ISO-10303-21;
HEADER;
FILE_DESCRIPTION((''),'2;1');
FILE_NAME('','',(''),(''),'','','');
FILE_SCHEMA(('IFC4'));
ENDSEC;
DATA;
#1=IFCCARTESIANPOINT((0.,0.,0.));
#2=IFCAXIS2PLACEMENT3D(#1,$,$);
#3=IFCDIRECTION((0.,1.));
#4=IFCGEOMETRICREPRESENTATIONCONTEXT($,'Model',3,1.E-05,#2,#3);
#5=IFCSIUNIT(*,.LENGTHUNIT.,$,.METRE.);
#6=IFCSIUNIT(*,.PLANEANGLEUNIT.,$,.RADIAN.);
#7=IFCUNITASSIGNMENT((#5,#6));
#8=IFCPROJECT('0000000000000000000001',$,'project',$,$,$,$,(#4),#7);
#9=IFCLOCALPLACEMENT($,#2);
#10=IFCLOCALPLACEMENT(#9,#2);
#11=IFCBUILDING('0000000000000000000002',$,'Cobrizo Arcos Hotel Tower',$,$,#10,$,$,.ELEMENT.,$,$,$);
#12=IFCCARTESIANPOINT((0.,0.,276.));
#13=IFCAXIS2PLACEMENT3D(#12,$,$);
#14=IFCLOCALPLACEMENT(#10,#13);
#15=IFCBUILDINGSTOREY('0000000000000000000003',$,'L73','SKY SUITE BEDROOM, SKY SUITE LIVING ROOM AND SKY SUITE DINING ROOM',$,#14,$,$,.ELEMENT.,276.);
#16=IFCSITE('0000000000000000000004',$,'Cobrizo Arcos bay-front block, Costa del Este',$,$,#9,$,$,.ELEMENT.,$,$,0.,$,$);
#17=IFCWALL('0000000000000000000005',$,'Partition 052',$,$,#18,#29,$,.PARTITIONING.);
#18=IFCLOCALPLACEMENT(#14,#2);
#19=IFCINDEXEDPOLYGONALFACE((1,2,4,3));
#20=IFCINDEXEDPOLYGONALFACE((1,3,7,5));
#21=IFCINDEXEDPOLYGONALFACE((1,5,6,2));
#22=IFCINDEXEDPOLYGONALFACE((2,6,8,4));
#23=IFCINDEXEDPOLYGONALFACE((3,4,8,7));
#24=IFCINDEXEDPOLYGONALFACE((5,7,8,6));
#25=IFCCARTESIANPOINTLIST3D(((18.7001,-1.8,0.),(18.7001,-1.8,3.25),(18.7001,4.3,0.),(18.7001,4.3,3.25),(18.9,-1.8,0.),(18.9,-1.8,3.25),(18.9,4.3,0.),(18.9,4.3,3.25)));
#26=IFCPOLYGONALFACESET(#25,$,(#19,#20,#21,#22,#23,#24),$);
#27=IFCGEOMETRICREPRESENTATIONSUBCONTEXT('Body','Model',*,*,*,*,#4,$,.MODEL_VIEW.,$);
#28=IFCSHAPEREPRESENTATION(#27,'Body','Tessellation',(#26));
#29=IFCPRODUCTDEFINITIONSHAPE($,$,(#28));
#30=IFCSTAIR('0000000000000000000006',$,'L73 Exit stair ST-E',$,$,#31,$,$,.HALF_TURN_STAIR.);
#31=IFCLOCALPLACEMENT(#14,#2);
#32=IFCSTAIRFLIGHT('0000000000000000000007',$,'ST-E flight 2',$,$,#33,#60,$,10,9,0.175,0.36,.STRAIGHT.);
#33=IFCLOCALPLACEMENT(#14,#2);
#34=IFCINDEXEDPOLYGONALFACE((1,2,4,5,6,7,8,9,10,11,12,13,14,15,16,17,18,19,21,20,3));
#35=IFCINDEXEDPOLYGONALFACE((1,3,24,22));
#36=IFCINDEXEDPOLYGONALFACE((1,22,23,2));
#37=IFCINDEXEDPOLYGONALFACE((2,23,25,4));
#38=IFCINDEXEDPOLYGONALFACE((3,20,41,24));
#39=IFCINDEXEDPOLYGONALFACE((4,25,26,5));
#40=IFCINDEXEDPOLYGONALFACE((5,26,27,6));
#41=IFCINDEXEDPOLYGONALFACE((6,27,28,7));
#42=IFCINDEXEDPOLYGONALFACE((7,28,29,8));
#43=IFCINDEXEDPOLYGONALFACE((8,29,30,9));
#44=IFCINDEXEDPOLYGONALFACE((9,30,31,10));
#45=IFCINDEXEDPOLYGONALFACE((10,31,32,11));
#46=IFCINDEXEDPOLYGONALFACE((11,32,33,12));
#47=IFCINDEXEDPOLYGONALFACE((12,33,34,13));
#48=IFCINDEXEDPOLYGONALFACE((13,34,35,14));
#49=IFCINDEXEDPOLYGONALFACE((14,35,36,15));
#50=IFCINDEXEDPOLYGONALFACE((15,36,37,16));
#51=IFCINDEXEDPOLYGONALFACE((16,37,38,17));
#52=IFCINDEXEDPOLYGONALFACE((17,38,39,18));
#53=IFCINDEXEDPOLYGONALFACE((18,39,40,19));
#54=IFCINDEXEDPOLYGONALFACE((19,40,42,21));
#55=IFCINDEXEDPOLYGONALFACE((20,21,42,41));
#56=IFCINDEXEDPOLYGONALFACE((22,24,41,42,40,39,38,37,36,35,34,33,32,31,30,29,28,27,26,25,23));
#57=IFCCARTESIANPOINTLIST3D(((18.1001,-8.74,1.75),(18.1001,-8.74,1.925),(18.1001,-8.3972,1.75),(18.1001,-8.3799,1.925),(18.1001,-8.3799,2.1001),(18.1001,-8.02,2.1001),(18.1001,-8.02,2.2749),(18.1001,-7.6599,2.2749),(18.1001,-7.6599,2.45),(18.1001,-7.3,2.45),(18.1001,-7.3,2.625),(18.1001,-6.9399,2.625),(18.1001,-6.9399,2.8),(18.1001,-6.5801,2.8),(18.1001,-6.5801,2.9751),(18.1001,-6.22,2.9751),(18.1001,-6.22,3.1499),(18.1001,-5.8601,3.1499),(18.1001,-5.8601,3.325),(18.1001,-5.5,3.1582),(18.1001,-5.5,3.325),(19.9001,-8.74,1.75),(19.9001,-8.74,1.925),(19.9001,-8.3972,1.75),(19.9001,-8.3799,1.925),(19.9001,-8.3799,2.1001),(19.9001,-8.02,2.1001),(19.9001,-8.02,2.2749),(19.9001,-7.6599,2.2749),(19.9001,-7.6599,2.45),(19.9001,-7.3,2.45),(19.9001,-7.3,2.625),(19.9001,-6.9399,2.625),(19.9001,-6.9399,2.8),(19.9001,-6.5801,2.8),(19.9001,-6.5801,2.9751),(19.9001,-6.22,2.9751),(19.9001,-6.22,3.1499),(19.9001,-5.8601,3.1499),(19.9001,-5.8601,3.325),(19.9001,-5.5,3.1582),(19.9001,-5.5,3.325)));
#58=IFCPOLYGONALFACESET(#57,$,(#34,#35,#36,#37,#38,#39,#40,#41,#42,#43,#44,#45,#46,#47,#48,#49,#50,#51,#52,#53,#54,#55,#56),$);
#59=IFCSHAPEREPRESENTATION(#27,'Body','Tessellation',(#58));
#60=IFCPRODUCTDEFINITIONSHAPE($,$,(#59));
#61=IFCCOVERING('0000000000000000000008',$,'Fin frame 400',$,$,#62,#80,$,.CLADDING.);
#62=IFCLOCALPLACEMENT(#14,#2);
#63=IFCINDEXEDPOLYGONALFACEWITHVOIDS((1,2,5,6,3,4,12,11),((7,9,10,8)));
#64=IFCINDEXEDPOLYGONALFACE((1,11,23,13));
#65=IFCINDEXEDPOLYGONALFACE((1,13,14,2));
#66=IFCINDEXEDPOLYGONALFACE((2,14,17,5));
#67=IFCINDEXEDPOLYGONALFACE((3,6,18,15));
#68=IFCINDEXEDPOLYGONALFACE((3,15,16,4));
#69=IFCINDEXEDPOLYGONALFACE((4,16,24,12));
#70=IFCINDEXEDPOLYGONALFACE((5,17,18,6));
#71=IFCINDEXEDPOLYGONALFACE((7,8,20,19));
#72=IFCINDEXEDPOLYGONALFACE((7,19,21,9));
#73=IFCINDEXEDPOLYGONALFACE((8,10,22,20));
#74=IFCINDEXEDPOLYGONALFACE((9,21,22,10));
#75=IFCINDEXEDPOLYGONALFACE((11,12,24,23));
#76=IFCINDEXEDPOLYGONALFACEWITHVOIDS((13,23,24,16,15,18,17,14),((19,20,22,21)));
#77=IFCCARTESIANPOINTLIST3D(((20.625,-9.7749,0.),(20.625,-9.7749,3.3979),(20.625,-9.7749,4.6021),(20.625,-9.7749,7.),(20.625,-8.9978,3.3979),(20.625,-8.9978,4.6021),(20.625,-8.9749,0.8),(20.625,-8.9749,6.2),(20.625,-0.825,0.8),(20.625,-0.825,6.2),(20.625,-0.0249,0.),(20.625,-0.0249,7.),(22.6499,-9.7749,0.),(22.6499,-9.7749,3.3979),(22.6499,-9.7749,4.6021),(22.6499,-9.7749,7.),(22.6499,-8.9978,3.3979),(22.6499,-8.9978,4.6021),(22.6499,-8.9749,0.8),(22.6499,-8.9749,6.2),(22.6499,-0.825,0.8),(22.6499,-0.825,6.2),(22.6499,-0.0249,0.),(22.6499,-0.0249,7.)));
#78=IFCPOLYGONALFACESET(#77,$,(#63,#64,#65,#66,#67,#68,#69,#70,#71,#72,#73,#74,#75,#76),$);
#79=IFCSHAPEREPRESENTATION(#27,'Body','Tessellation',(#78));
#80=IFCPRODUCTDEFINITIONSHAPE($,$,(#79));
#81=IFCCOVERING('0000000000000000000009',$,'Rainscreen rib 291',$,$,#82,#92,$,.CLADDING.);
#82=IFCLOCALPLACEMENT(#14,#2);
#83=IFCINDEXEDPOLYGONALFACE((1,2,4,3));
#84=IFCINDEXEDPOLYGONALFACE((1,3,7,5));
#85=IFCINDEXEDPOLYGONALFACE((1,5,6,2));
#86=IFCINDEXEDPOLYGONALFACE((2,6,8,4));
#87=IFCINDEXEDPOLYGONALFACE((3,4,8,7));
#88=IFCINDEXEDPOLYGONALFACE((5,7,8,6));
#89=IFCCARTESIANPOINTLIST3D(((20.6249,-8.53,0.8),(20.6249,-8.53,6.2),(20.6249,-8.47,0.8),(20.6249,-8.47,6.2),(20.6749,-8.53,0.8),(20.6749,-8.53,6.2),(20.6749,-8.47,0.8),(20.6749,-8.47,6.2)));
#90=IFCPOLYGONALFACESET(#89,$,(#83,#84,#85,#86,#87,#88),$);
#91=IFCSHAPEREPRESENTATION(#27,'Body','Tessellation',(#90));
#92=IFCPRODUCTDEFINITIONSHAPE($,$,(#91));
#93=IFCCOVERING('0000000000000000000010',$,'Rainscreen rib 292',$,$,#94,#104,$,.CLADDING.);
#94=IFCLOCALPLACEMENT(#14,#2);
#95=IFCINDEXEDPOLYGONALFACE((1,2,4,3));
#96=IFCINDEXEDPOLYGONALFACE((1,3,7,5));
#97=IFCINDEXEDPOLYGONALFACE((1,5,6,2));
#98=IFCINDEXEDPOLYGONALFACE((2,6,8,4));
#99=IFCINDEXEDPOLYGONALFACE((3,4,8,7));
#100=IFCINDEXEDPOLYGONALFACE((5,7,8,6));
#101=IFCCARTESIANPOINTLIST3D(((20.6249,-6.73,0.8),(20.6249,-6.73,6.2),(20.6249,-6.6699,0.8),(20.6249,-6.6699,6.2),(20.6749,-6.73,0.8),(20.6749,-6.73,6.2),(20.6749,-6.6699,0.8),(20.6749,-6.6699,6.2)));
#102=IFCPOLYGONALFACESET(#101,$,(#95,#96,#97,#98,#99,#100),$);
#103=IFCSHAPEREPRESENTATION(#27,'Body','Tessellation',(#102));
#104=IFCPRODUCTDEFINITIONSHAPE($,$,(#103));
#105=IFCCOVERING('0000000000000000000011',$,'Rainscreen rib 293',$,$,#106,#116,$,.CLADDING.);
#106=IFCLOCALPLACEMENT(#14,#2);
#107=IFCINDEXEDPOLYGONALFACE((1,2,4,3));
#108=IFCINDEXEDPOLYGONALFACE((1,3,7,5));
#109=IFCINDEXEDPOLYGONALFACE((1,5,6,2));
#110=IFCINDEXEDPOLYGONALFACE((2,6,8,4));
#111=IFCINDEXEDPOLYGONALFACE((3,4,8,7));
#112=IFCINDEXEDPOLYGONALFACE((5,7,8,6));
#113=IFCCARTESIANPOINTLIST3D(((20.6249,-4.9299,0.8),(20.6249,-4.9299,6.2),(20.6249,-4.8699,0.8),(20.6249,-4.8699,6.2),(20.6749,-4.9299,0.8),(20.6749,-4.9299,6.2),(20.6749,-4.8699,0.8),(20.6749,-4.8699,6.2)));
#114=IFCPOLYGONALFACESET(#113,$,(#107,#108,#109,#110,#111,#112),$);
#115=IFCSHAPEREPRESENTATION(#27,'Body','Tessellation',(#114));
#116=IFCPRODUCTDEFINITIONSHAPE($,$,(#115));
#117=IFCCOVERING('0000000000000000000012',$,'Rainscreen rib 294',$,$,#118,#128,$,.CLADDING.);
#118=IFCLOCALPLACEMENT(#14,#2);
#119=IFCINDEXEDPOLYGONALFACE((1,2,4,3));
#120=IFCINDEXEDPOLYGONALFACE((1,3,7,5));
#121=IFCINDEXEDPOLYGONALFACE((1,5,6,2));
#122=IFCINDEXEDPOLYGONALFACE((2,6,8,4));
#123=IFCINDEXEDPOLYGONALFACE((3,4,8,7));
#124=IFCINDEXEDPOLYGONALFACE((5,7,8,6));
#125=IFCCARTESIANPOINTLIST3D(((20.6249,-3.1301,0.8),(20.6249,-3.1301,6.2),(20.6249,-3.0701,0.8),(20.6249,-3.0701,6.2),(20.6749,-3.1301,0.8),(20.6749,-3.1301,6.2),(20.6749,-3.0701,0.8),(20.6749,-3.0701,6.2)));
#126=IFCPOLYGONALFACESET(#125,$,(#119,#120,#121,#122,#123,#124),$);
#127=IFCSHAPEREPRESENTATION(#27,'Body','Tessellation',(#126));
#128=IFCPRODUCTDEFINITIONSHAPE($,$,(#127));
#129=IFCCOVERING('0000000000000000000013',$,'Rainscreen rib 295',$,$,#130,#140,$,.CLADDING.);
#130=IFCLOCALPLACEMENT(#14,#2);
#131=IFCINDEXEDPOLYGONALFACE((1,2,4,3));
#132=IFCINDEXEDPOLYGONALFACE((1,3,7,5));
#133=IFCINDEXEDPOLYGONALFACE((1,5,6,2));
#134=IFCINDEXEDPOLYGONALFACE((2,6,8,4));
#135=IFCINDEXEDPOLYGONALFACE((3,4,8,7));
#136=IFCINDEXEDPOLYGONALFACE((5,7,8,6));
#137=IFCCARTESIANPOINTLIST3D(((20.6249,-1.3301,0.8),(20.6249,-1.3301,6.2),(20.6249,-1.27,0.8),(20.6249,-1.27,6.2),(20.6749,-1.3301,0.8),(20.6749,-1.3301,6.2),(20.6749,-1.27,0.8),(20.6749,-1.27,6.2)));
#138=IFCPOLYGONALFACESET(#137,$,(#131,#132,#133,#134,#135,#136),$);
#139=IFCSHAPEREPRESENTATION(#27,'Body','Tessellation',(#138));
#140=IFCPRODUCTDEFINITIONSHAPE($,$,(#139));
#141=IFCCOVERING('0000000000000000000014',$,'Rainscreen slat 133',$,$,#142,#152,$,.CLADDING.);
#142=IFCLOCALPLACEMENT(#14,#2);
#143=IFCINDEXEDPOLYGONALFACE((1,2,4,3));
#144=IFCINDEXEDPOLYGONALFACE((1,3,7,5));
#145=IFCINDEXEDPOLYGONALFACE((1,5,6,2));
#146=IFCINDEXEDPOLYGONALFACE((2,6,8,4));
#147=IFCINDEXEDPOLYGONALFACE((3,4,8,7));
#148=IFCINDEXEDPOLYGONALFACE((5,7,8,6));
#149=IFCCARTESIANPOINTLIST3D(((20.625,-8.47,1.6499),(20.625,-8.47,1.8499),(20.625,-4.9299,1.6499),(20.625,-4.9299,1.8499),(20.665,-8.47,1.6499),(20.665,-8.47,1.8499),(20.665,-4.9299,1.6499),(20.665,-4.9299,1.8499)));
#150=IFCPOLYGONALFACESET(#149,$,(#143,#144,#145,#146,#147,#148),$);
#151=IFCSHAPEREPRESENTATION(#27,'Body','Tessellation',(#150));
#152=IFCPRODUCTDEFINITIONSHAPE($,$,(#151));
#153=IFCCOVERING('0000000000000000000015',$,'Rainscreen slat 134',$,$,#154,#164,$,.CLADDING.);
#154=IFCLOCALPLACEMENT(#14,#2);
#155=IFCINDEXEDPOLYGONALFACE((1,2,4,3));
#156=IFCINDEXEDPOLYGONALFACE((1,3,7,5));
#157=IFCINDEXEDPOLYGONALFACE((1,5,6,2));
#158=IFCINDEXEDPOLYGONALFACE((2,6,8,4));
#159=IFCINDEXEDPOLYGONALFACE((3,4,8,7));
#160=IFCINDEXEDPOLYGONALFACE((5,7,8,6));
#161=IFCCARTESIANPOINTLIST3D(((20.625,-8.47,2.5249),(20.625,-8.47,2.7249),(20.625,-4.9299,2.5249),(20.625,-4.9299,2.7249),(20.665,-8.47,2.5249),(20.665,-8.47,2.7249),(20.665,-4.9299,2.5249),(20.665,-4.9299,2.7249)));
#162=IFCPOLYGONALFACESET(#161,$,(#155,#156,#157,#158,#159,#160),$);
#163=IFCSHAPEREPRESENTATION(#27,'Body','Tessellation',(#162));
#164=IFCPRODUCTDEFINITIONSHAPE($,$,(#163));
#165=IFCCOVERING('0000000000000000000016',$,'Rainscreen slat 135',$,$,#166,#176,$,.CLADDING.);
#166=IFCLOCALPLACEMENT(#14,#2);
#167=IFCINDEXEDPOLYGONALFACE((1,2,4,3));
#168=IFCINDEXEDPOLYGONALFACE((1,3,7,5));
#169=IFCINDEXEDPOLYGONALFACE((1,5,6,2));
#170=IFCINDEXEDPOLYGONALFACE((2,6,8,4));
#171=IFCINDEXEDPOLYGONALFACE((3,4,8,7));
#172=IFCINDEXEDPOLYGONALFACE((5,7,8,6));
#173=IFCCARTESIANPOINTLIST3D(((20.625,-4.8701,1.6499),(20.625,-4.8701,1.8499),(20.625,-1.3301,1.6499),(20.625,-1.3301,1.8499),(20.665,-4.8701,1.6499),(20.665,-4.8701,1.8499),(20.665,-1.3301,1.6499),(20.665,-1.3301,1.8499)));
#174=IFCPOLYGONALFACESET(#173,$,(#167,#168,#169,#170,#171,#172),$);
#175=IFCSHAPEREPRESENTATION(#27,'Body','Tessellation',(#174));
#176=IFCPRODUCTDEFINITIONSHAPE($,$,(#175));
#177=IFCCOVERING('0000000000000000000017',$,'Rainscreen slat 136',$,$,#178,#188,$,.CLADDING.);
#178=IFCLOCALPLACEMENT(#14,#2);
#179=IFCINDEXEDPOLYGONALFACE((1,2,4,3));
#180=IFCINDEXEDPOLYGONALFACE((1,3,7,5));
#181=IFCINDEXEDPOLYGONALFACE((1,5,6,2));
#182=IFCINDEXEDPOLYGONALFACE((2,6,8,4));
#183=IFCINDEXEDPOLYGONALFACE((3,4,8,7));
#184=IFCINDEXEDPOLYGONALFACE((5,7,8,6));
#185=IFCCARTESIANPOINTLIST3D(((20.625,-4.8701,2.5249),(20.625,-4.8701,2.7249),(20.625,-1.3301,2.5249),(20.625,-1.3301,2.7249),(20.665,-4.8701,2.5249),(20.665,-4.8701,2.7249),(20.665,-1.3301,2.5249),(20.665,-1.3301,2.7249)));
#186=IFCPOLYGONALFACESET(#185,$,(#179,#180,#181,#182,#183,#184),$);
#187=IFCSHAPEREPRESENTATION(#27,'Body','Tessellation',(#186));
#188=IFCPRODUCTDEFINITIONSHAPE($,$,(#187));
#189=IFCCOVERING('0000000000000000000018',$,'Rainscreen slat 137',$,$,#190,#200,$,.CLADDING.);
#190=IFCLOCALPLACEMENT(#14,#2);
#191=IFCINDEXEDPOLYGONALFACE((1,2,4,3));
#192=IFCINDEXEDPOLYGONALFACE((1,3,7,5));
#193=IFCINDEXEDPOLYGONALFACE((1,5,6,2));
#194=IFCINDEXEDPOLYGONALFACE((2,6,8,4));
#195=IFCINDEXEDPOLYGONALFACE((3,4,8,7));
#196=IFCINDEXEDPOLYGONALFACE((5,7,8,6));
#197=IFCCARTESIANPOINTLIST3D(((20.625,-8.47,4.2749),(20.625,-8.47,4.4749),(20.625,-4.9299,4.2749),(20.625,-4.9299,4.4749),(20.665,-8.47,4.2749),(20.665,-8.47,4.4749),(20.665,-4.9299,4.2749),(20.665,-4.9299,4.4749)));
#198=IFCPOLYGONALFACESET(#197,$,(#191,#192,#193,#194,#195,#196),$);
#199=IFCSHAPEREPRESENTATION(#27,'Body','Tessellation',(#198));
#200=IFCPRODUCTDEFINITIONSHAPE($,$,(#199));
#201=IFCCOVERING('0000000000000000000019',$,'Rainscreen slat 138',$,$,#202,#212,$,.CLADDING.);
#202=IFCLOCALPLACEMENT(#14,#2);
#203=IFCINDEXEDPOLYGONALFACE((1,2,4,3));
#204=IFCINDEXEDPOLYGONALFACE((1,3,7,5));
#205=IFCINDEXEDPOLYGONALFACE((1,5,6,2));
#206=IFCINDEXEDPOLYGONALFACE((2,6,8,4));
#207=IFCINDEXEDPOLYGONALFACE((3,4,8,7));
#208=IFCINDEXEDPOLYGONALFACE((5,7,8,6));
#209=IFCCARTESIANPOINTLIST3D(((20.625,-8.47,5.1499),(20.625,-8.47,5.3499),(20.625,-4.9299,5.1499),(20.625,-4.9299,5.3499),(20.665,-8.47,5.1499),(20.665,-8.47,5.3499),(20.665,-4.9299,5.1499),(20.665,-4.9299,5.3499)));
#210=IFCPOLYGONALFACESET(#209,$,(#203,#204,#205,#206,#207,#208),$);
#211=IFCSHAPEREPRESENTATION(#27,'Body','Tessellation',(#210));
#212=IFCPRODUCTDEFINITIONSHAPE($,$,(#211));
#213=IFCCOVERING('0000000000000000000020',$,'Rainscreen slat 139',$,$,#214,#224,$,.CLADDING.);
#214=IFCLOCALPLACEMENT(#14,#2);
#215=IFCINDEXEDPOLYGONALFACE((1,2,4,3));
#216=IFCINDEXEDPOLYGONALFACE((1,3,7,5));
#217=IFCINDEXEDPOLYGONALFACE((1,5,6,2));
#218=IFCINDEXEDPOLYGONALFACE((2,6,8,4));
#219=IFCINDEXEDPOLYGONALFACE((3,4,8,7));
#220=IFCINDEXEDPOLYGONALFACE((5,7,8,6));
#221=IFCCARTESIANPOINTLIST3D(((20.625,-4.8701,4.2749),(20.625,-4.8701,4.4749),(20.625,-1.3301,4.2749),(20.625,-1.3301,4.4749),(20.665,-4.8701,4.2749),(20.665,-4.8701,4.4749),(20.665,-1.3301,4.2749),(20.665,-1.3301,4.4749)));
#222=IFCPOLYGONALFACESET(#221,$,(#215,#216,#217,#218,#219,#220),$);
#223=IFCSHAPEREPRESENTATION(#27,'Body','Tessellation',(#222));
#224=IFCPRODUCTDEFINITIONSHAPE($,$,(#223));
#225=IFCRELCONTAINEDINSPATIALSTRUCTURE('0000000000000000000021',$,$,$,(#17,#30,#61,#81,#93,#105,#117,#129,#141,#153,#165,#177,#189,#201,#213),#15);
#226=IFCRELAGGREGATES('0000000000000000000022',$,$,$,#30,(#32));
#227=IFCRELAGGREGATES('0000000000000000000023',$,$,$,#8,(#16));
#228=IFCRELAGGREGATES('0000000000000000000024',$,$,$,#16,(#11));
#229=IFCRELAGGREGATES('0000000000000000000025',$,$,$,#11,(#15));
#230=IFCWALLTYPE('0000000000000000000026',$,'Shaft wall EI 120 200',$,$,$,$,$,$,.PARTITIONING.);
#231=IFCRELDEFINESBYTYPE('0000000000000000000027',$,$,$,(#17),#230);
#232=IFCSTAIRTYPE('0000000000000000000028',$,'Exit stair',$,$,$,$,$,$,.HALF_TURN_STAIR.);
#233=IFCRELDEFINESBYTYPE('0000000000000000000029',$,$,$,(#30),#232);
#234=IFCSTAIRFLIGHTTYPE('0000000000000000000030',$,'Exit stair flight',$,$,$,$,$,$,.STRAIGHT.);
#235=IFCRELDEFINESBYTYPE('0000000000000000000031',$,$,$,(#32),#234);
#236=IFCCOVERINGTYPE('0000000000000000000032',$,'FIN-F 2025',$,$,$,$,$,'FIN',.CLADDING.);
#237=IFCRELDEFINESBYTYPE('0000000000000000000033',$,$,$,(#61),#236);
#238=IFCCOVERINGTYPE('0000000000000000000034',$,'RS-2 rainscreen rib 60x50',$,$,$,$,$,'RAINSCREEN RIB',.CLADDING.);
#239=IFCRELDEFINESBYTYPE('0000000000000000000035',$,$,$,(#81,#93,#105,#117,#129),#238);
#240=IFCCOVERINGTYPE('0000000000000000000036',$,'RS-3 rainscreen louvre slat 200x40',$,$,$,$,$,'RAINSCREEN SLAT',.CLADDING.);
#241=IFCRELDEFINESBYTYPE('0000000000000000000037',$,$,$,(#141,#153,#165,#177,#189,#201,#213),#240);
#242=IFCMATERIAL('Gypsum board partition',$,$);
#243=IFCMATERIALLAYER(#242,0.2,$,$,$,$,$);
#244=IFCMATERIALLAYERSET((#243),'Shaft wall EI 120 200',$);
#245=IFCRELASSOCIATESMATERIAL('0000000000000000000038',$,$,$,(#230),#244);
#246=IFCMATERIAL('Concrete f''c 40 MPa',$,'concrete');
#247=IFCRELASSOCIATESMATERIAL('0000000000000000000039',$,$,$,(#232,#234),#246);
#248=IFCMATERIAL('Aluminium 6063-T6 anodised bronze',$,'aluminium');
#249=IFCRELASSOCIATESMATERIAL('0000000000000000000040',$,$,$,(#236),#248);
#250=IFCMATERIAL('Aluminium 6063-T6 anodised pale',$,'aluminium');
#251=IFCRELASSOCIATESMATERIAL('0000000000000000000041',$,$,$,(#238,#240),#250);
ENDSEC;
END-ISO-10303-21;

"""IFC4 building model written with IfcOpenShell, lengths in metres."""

from ifc_helpers import new_model, si_unit, direction, frame, frame_2d, origin, origin_2d, place, context, subcontext, project, spatial, polyline, rectangle, outline, extrude, material, layer, layer_set, type_object, element, aggregate, save


model = new_model("IFC4")

# Units and contexts
model_context = context("Model", 3, precision=1e-05, world=origin(), true_north=direction((0.0, 1.0)))
body_context = subcontext(model_context, "Body", "Model", "MODEL_VIEW")
ifc_project = project(units=[si_unit("LENGTHUNIT", "METRE"), si_unit("PLANEANGLEUNIT", "RADIAN")], contexts=[model_context])

# Site, building, storey
site_placement = place(None, origin())
site = spatial("IfcSite", under=ifc_project, at=site_placement, Name="Cobrizo Arcos bay-front block, Costa del Este", CompositionType="ELEMENT", RefElevation=0.0)
building_placement = place(site_placement, origin())
building = spatial("IfcBuilding", under=site, at=building_placement, Name="Cobrizo Arcos Hotel Tower", CompositionType="ELEMENT")
storey_placement = place(building_placement, frame((0.0, 0.0, 276.0)))
storey = spatial("IfcBuildingStorey", under=building, at=storey_placement, Name="L73", Description="SKY SUITE BEDROOM, SKY SUITE LIVING ROOM AND SKY SUITE DINING ROOM", CompositionType="ELEMENT", Elevation=276.0)

# Wall
ifc_material_1 = material(Name="Gypsum board partition")
ifc_layer = layer(ifc_material_1, 0.2)
ifc_layer_set = layer_set([ifc_layer], Name="Shaft wall EI 120 200")
wall_type = type_object("IfcWallType", Name="Shaft wall EI 120 200", PredefinedType="PARTITIONING", material=ifc_layer_set)
wall_placement = place(storey_placement, frame((18.8, -1.8, 0.0), z_axis=(0.0, 0.0, 1.0), x_axis=(0.0, 1.0, 0.0)))
element("IfcWall", 1, at=wall_placement, inside=storey, type_object=wall_type, Name="Partition 052", PredefinedType="PARTITIONING", context=body_context, shape_type="SweptSolid", body=[
    extrude(rectangle(XDim=6.1001, YDim=0.2, at=frame_2d((3.05, 0.0))), origin(), (0.0, 0.0, 1.0), 3.25),
])

# Stair, stair flight
ifc_material_2 = material(Name="Concrete f'c 40 MPa", Category="concrete")
stair_type = type_object("IfcStairType", Name="Exit stair", PredefinedType="HALF_TURN_STAIR", material=ifc_material_2)
stair_placement = place(storey_placement, origin())
stair = element("IfcStair", 2, at=stair_placement, inside=storey, type_object=stair_type, Name="L73 Exit stair ST-E", PredefinedType="HALF_TURN_STAIR")
stair_flight_type = type_object("IfcStairFlightType", Name="Exit stair flight", PredefinedType="STRAIGHT", material=ifc_material_2)
stair_flight_placement = place(storey_placement, frame((19.0, -8.74, 1.75), z_axis=(0.0, 0.0, 1.0), x_axis=(0.0, 1.0, 0.0)))
stair_flight = element("IfcStairFlight", 3, at=stair_flight_placement, type_object=stair_flight_type, Name="ST-E flight 2", NumberOfRisers=10, NumberOfTreads=9, PredefinedType="STRAIGHT", RiserHeight=0.175, TreadLength=0.36, context=body_context, shape_type="SweptSolid", body=[
    extrude(outline(polyline([(0.0, 0.0), (0.0, 0.175), (0.3601, 0.175), (0.3601, 0.3501), (0.72, 0.3501), (0.72, 0.5249), (1.0801, 0.5249), (1.0801, 0.7), (1.4399, 0.7), (1.4399, 0.875), (1.8, 0.875), (1.8, 1.05), (2.1599, 1.05), (2.1599, 1.2251), (2.52, 1.2251), (2.52, 1.3999), (2.8799, 1.3999), (2.8799, 1.575), (3.24, 1.575), (3.24, 1.75), (3.24, 1.4082), (0.3428, 0.0), (0.0, 0.0)])), frame((0.0, 0.8999, 0.0), z_axis=(0.0, -1.0, 0.0), x_axis=(1.0, 0.0, 0.0)), (0.0, 0.0, 1.0), 1.8),
])
aggregate(stair, [stair_flight])

# Coverings
ifc_material_3 = material(Name="Aluminium 6063-T6 anodised bronze", Category="aluminium")
covering_type_1 = type_object("IfcCoveringType", Name="FIN-F 2025", ElementType="FIN", PredefinedType="CLADDING", material=ifc_material_3)
covering_placement = place(storey_placement, frame((20.625, -9.7749, 0.0), z_axis=(1.0, 0.0, 0.0), x_axis=(0.0, 1.0, 0.0)))
element("IfcCovering", 4, at=covering_placement, inside=storey, type_object=covering_type_1, Name="Fin frame 400", PredefinedType="CLADDING", context=body_context, shape_type="SweptSolid", body=[
    extrude(outline(polyline([(0.0, 7.0), (0.0, 4.6021), (0.7771, 4.6021), (0.7771, 3.3979), (0.0, 3.3979), (0.0, 0.0), (9.75, 0.0), (9.75, 7.0), (0.0, 7.0)]), holes=[polyline([(8.95, 0.8), (0.8, 0.8), (0.8, 6.2), (8.95, 6.2), (8.95, 0.8)])]), origin(), (0.0, 0.0, 1.0), 2.0249),
])
ifc_material_4 = material(Name="Aluminium 6063-T6 anodised pale", Category="aluminium")
covering_type_2 = type_object("IfcCoveringType", Name="RS-2 rainscreen rib 60x50", ElementType="RAINSCREEN RIB", PredefinedType="CLADDING", material=ifc_material_4)
for number, where, z_axis, x_axis, name in (
    (5, (20.6499, -8.5, 0.8), (0.0, 0.0, 1.0), (0.0, 1.0, 0.0), "Rainscreen rib 291"),
    (6, (20.6499, -6.7, 0.8), (0.0, 0.0, 1.0), (0.0, 1.0, 0.0), "Rainscreen rib 292"),
    (7, (20.6499, -4.8999, 0.8), (0.0, 0.0, 1.0), (0.0, 1.0, 0.0), "Rainscreen rib 293"),
    (8, (20.6499, -3.1001, 0.8), (0.0, 0.0, 1.0), (0.0, 1.0, 0.0), "Rainscreen rib 294"),
    (9, (20.6499, -1.3, 0.8), (0.0, 0.0, 1.0), (0.0, 1.0, 0.0), "Rainscreen rib 295"),
):
    element("IfcCovering", number, at=place(storey_placement, frame(where, z_axis=z_axis, x_axis=x_axis)), inside=storey, type_object=covering_type_2, Name=name, PredefinedType="CLADDING", context=body_context, shape_type="SweptSolid", body=[
        extrude(rectangle(XDim=0.0601, YDim=0.05, at=origin_2d()), origin(), (0.0, 0.0, 1.0), 5.3999),
    ])
covering_type_3 = type_object("IfcCoveringType", Name="RS-3 rainscreen louvre slat 200x40", ElementType="RAINSCREEN SLAT", PredefinedType="CLADDING", material=ifc_material_4)
for number, where, z_axis, x_axis, name in (
    (10, (20.645, -6.7, 1.6499), (0.0, 0.0, 1.0), (0.0, 1.0, 0.0), "Rainscreen slat 133"),
    (11, (20.645, -6.7, 2.5249), (0.0, 0.0, 1.0), (0.0, 1.0, 0.0), "Rainscreen slat 134"),
    (12, (20.645, -3.1001, 1.6499), (0.0, 0.0, 1.0), (0.0, 1.0, 0.0), "Rainscreen slat 135"),
    (13, (20.645, -3.1001, 2.5249), (0.0, 0.0, 1.0), (0.0, 1.0, 0.0), "Rainscreen slat 136"),
    (14, (20.645, -6.7, 4.2749), (0.0, 0.0, 1.0), (0.0, 1.0, 0.0), "Rainscreen slat 137"),
    (15, (20.645, -6.7, 5.1499), (0.0, 0.0, 1.0), (0.0, 1.0, 0.0), "Rainscreen slat 138"),
    (16, (20.645, -3.1001, 4.2749), (0.0, 0.0, 1.0), (0.0, 1.0, 0.0), "Rainscreen slat 139"),
):
    element("IfcCovering", number, at=place(storey_placement, frame(where, z_axis=z_axis, x_axis=x_axis)), inside=storey, type_object=covering_type_3, Name=name, PredefinedType="CLADDING", context=body_context, shape_type="SweptSolid", body=[
        extrude(rectangle(XDim=3.54, YDim=0.04, at=origin_2d()), origin(), (0.0, 0.0, 1.0), 0.2),
    ])

save(model, "model.ifc")
